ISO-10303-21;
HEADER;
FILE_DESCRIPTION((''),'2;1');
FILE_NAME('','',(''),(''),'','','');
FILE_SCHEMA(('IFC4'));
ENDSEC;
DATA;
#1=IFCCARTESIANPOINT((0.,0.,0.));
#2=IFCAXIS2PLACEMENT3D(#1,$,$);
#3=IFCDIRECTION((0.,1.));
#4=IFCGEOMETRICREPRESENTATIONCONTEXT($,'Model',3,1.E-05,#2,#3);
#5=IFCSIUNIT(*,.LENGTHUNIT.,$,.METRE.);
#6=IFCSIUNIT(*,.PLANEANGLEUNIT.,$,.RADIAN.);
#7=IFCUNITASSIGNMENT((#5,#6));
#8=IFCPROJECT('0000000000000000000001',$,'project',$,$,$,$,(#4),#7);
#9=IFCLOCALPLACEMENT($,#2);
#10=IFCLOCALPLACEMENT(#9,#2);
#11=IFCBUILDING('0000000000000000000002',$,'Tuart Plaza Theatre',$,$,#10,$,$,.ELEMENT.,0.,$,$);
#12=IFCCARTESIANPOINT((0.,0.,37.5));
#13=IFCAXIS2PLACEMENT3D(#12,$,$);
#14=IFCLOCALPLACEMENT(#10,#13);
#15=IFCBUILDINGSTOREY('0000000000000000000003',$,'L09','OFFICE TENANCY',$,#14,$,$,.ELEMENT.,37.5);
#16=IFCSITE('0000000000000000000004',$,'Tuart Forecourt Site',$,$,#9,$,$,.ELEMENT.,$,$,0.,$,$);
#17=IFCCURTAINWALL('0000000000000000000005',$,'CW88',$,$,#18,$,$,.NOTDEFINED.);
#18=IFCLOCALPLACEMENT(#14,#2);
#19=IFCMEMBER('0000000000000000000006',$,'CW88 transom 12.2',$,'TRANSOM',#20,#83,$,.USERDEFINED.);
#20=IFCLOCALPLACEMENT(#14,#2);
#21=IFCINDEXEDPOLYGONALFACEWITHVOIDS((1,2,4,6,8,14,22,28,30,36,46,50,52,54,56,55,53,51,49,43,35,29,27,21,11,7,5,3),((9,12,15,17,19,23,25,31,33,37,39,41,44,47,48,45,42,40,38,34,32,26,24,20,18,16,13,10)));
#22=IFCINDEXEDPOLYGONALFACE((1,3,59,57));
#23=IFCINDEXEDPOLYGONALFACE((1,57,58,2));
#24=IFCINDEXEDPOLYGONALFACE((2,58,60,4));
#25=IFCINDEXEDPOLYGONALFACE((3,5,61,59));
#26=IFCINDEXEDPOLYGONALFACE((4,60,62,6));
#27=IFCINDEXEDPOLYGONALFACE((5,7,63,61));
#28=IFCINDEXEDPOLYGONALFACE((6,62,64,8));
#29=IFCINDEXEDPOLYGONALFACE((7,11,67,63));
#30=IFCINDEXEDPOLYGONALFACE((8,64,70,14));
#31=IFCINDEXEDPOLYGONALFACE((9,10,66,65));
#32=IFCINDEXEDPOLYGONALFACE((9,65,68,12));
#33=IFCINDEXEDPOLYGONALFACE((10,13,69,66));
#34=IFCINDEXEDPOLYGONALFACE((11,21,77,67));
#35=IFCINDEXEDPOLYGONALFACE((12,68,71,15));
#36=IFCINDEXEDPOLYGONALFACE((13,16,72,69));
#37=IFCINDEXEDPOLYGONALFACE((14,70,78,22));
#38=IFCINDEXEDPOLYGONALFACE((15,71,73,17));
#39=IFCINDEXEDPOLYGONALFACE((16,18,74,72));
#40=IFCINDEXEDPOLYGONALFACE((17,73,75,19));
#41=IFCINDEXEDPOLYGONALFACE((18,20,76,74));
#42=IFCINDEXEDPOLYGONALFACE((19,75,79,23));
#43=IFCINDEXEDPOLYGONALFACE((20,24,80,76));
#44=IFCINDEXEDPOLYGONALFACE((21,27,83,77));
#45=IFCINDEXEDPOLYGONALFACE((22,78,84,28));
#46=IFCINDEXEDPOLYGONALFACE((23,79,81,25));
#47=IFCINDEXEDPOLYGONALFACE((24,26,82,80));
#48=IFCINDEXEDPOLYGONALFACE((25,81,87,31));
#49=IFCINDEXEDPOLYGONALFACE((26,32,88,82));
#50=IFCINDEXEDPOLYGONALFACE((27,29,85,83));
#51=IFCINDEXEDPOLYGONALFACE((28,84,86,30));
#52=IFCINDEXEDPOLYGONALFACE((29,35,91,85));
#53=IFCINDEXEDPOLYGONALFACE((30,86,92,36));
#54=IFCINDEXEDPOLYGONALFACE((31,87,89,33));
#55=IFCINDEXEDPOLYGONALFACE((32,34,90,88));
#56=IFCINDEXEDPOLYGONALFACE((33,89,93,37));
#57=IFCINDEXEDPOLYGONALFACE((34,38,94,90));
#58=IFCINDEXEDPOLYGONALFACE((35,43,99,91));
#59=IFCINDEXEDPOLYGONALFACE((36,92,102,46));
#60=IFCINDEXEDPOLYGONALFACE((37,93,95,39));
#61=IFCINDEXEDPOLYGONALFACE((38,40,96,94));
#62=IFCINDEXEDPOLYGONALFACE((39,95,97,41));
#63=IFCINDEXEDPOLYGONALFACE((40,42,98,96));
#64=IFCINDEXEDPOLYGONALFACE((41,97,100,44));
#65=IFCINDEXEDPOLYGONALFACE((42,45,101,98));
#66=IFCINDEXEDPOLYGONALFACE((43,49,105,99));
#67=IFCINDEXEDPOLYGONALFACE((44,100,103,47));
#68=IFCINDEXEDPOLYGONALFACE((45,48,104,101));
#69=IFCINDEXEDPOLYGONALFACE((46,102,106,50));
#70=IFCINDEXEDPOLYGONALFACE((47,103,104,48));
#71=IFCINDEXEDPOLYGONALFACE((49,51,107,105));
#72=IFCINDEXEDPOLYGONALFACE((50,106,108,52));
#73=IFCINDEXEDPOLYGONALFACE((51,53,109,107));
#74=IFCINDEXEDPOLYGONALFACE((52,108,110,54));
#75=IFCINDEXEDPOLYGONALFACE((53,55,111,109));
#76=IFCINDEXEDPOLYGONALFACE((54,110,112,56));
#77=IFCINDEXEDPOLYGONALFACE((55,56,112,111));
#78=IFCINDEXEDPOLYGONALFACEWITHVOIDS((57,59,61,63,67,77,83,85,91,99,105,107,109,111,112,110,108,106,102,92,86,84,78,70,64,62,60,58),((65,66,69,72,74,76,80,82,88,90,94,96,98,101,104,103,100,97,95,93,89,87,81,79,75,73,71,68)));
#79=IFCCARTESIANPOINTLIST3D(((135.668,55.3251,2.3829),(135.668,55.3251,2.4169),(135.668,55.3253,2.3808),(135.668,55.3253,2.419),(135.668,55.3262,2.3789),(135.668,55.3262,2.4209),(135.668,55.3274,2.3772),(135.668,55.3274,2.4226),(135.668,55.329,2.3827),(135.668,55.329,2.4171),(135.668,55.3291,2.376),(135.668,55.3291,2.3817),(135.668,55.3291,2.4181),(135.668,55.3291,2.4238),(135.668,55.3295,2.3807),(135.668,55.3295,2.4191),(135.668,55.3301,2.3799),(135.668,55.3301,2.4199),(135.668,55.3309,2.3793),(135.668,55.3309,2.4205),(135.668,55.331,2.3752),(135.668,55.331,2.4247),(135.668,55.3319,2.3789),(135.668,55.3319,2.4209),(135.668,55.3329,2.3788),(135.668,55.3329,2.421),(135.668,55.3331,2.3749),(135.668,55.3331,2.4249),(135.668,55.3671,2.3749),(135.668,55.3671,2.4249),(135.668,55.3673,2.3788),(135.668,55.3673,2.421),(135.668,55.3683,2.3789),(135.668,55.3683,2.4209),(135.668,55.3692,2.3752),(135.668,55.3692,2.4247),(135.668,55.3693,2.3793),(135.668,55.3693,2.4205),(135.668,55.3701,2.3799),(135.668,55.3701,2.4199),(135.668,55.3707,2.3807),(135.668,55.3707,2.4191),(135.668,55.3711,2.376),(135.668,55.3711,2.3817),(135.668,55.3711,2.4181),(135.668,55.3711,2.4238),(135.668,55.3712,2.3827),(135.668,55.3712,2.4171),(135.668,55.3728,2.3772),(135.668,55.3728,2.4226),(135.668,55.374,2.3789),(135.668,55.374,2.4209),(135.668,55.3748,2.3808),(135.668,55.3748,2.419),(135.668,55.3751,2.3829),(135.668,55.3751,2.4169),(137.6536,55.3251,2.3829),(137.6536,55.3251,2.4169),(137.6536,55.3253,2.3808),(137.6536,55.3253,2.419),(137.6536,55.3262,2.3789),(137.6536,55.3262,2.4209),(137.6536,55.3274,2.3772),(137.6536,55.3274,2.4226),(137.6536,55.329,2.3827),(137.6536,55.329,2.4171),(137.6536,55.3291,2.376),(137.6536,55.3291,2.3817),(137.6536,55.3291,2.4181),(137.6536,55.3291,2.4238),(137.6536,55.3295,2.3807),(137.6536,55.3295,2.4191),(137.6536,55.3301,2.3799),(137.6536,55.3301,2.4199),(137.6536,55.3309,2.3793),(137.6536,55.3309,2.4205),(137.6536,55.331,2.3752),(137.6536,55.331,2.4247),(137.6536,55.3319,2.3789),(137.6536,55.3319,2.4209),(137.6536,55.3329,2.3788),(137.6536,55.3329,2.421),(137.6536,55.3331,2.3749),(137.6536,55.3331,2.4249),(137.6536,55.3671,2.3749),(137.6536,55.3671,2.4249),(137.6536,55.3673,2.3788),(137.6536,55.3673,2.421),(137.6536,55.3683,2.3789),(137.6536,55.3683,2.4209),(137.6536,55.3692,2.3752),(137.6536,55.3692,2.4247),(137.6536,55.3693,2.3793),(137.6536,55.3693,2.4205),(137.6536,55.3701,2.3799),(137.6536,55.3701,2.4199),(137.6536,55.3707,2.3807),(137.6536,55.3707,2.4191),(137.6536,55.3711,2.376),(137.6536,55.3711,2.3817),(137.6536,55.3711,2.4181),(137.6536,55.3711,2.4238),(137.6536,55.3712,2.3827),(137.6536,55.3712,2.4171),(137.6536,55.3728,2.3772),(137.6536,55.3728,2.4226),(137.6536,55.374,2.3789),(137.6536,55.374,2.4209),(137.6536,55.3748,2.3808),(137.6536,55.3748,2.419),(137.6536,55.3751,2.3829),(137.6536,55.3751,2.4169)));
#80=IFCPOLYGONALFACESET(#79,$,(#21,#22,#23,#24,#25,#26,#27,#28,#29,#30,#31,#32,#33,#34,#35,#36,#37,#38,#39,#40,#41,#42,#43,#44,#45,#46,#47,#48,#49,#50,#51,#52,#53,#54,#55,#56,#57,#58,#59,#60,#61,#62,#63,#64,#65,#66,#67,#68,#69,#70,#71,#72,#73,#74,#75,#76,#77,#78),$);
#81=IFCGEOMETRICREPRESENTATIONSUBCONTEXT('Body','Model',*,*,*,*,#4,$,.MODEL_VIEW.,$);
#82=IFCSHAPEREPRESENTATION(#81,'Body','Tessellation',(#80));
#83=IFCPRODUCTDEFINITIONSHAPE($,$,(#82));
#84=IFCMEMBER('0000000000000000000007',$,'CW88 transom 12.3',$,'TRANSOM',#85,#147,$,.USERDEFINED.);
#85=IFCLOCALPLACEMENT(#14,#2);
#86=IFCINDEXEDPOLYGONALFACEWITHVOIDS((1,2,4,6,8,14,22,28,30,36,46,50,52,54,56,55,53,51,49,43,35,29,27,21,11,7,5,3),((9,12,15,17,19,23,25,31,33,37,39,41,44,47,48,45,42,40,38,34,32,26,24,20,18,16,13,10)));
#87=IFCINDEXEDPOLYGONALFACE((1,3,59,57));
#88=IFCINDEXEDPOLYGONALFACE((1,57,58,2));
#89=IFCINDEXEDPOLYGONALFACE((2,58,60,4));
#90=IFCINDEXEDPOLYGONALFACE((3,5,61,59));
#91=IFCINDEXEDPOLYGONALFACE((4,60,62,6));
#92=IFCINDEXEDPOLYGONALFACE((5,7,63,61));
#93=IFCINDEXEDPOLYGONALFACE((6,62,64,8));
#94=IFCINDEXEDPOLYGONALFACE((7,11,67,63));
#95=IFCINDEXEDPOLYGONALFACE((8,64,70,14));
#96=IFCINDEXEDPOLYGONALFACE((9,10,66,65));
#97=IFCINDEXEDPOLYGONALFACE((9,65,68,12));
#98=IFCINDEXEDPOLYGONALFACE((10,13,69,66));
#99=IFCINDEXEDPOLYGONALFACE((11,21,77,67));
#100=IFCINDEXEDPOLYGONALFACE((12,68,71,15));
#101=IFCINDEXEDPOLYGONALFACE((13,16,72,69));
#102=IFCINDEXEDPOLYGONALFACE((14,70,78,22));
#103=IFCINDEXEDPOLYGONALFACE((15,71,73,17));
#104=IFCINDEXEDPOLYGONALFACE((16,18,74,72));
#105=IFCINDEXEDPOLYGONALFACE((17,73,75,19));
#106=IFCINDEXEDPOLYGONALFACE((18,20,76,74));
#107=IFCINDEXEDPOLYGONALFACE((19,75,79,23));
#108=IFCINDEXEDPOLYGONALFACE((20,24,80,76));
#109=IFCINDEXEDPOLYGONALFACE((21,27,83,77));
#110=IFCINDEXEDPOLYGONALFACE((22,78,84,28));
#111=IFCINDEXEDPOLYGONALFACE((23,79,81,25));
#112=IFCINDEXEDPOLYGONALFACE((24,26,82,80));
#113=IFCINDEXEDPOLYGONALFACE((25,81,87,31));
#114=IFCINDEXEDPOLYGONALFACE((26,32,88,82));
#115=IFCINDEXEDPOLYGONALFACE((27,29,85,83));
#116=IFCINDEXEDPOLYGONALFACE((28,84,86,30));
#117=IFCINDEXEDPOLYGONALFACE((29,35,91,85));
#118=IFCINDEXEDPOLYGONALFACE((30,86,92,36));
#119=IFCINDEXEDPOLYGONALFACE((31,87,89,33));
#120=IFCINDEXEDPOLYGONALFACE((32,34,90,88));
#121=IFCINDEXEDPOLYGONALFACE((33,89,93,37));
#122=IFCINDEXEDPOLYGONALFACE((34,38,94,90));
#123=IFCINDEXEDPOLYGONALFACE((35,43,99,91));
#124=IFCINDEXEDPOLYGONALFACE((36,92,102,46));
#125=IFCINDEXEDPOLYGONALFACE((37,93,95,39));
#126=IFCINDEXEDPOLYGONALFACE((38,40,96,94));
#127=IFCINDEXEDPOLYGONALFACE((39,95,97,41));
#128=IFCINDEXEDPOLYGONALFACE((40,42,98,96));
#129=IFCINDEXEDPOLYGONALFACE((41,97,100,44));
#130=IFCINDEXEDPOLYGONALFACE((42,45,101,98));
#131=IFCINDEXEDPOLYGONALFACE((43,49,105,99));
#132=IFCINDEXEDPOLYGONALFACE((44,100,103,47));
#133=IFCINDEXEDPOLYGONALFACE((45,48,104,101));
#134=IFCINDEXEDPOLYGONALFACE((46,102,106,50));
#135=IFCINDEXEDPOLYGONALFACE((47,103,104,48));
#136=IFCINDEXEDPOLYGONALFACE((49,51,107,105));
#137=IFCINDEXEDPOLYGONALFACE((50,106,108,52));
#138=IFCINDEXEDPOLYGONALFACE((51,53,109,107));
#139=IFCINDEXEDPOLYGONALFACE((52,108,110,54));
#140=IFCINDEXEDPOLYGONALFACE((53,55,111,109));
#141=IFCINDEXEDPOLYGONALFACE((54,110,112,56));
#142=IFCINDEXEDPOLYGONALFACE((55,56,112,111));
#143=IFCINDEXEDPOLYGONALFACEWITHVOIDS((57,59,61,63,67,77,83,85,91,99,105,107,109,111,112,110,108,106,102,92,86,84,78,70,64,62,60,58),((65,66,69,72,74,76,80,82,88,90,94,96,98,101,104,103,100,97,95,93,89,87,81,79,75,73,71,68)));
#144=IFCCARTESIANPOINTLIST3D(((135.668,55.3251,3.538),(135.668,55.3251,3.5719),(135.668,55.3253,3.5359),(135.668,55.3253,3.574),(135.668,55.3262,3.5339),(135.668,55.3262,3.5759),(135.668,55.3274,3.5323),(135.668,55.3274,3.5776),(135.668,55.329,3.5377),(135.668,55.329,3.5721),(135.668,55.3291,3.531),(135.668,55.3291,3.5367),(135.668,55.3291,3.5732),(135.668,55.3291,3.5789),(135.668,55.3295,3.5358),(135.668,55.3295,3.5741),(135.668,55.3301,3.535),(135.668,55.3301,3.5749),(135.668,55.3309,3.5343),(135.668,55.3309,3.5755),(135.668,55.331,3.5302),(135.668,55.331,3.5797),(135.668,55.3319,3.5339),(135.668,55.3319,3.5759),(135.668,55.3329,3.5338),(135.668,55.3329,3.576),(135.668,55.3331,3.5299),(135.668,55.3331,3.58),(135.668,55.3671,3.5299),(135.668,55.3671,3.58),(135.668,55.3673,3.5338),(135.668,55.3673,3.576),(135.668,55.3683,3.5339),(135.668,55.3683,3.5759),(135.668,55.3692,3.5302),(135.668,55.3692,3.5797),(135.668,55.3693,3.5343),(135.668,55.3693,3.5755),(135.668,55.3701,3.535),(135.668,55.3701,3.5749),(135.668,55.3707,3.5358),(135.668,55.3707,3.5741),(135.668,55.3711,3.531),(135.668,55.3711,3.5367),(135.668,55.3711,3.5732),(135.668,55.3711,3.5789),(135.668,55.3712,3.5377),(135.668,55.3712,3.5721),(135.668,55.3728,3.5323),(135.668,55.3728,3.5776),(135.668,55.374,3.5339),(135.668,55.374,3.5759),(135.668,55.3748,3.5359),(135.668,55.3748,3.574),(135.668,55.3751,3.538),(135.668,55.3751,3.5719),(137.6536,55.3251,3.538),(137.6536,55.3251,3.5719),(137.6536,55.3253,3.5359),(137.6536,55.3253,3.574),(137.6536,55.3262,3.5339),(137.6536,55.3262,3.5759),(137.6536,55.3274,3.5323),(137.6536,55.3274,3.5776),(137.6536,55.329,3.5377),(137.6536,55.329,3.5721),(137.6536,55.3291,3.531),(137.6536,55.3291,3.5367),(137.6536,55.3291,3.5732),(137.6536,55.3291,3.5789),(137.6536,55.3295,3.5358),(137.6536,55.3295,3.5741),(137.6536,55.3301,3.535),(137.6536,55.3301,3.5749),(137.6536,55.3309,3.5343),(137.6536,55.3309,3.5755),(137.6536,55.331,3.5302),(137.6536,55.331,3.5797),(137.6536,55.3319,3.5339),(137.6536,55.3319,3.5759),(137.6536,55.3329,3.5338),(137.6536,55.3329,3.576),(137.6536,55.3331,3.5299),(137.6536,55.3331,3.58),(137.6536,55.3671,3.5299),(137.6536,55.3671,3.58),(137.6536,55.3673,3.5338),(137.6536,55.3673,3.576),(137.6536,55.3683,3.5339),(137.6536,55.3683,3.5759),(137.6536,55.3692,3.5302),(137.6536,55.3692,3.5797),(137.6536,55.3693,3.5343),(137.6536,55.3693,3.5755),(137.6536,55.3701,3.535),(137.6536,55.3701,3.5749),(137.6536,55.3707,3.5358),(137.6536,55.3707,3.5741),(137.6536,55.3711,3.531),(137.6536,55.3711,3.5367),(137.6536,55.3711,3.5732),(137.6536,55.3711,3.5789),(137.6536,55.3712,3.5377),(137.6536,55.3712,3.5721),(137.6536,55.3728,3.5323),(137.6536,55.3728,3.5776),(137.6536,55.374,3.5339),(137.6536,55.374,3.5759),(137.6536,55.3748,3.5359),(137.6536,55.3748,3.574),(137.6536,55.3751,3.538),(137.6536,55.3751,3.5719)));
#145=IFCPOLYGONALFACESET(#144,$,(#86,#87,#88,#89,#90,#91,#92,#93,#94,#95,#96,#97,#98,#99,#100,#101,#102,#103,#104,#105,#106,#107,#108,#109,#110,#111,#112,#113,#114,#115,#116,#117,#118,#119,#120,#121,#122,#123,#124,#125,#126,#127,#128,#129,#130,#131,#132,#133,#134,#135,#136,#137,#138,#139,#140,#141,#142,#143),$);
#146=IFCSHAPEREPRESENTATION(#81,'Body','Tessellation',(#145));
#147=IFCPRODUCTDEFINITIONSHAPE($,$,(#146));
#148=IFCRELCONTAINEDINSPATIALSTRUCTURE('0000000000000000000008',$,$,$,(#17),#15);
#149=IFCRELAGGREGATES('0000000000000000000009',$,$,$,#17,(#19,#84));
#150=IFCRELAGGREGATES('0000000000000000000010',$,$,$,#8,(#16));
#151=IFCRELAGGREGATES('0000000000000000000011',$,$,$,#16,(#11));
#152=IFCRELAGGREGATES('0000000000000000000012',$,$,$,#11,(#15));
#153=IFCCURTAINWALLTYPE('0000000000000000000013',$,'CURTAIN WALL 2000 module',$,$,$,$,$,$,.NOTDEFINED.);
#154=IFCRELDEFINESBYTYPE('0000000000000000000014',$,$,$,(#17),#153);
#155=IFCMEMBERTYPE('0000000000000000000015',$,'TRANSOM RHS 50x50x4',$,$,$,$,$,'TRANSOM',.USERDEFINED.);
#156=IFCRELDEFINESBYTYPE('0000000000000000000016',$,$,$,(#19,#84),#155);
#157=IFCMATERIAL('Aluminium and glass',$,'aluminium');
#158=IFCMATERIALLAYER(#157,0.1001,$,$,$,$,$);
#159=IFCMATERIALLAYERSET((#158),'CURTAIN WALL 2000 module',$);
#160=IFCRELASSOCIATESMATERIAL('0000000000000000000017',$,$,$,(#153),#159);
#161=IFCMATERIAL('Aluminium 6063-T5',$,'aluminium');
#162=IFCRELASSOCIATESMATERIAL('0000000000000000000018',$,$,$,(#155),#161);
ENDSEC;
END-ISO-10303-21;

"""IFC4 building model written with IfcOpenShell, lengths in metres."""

from ifc_helpers import new_model, si_unit, direction, frame, origin, origin_2d, place, context, subcontext, project, spatial, hollow_rectangle, extrude, material, layer, layer_set, material_profile, profile_set, type_object, element, aggregate, save


model = new_model("IFC4")

# Units and contexts
model_context = context("Model", 3, precision=1e-05, world=origin(), true_north=direction((0.0, 1.0)))
body_context = subcontext(model_context, "Body", "Model", "MODEL_VIEW")
ifc_project = project(units=[si_unit("LENGTHUNIT", "METRE"), si_unit("PLANEANGLEUNIT", "RADIAN")], contexts=[model_context])

# Site, building, storey
site_placement = place(None, origin())
site = spatial("IfcSite", under=ifc_project, at=site_placement, Name="Tuart Forecourt Site", CompositionType="ELEMENT", RefElevation=0.0)
building_placement = place(site_placement, origin())
building = spatial("IfcBuilding", under=site, at=building_placement, Name="Tuart Plaza Theatre", CompositionType="ELEMENT", ElevationOfRefHeight=0.0)
storey_placement = place(building_placement, frame((0.0, 0.0, 37.5)))
storey = spatial("IfcBuildingStorey", under=building, at=storey_placement, Name="L09", Description="OFFICE TENANCY", CompositionType="ELEMENT", Elevation=37.5)

# Curtain wall
ifc_material_1 = material(Name="Aluminium and glass", Category="aluminium")
ifc_layer_1 = layer(ifc_material_1, 0.1001)
ifc_layer_set_1 = layer_set([ifc_layer_1], Name="CURTAIN WALL 2000 module")
curtain_wall_type = type_object("IfcCurtainWallType", Name="CURTAIN WALL 2000 module", PredefinedType="NOTDEFINED", material=ifc_layer_set_1)
curtain_wall_1_placement = place(storey_placement, origin())
curtain_wall_1 = element("IfcCurtainWall", 1, at=curtain_wall_1_placement, inside=storey, type_object=curtain_wall_type, Name="CW88", PredefinedType="NOTDEFINED")

# Members
ifc_material_2 = material(Name="Aluminium 6063-T5", Category="aluminium")
ifc_material_profile_1 = material_profile(ifc_material_2, hollow_rectangle(XDim=0.05, YDim=0.05, WallThickness=0.0039, InnerFilletRadius=0.0039, OuterFilletRadius=0.0081, at=origin_2d()), Name="RHS 50x50x4")
ifc_profile_set_1 = profile_set([ifc_material_profile_1], Name="Aluminium 6063-T5")
member_type_1 = type_object("IfcMemberType", Name="TRANSOM RHS 50x50x4", ElementType="TRANSOM", PredefinedType="USERDEFINED", material=ifc_profile_set_1)
member_1_placement = place(storey_placement, frame((135.668, 55.3501, 2.3999), z_axis=(1.0, 0.0, 0.0), x_axis=(0.0, 1.0, 0.0)))
member_1 = element("IfcMember", 2, at=member_1_placement, type_object=member_type_1, Name="CW88 transom 12.2", ObjectType="TRANSOM", PredefinedType="USERDEFINED", context=body_context, shape_type="SweptSolid", body=[
    extrude(hollow_rectangle(XDim=0.05, YDim=0.05, WallThickness=0.0039, InnerFilletRadius=0.0039, OuterFilletRadius=0.0081, at=origin_2d()), origin(), (0.0, 0.0, 1.0), 1.9856),
])
member_2_placement = place(storey_placement, frame((135.668, 55.3501, 3.5549), z_axis=(1.0, 0.0, 0.0), x_axis=(0.0, 1.0, 0.0)))
member_2 = element("IfcMember", 3, at=member_2_placement, type_object=member_type_1, Name="CW88 transom 12.3", ObjectType="TRANSOM", PredefinedType="USERDEFINED", context=body_context, shape_type="SweptSolid", body=[
    extrude(hollow_rectangle(XDim=0.05, YDim=0.05, WallThickness=0.0039, InnerFilletRadius=0.0039, OuterFilletRadius=0.0081, at=origin_2d()), origin(), (0.0, 0.0, 1.0), 1.9856),
])

aggregate(curtain_wall_1, [member_1, member_2])

save(model, "model.ifc")
